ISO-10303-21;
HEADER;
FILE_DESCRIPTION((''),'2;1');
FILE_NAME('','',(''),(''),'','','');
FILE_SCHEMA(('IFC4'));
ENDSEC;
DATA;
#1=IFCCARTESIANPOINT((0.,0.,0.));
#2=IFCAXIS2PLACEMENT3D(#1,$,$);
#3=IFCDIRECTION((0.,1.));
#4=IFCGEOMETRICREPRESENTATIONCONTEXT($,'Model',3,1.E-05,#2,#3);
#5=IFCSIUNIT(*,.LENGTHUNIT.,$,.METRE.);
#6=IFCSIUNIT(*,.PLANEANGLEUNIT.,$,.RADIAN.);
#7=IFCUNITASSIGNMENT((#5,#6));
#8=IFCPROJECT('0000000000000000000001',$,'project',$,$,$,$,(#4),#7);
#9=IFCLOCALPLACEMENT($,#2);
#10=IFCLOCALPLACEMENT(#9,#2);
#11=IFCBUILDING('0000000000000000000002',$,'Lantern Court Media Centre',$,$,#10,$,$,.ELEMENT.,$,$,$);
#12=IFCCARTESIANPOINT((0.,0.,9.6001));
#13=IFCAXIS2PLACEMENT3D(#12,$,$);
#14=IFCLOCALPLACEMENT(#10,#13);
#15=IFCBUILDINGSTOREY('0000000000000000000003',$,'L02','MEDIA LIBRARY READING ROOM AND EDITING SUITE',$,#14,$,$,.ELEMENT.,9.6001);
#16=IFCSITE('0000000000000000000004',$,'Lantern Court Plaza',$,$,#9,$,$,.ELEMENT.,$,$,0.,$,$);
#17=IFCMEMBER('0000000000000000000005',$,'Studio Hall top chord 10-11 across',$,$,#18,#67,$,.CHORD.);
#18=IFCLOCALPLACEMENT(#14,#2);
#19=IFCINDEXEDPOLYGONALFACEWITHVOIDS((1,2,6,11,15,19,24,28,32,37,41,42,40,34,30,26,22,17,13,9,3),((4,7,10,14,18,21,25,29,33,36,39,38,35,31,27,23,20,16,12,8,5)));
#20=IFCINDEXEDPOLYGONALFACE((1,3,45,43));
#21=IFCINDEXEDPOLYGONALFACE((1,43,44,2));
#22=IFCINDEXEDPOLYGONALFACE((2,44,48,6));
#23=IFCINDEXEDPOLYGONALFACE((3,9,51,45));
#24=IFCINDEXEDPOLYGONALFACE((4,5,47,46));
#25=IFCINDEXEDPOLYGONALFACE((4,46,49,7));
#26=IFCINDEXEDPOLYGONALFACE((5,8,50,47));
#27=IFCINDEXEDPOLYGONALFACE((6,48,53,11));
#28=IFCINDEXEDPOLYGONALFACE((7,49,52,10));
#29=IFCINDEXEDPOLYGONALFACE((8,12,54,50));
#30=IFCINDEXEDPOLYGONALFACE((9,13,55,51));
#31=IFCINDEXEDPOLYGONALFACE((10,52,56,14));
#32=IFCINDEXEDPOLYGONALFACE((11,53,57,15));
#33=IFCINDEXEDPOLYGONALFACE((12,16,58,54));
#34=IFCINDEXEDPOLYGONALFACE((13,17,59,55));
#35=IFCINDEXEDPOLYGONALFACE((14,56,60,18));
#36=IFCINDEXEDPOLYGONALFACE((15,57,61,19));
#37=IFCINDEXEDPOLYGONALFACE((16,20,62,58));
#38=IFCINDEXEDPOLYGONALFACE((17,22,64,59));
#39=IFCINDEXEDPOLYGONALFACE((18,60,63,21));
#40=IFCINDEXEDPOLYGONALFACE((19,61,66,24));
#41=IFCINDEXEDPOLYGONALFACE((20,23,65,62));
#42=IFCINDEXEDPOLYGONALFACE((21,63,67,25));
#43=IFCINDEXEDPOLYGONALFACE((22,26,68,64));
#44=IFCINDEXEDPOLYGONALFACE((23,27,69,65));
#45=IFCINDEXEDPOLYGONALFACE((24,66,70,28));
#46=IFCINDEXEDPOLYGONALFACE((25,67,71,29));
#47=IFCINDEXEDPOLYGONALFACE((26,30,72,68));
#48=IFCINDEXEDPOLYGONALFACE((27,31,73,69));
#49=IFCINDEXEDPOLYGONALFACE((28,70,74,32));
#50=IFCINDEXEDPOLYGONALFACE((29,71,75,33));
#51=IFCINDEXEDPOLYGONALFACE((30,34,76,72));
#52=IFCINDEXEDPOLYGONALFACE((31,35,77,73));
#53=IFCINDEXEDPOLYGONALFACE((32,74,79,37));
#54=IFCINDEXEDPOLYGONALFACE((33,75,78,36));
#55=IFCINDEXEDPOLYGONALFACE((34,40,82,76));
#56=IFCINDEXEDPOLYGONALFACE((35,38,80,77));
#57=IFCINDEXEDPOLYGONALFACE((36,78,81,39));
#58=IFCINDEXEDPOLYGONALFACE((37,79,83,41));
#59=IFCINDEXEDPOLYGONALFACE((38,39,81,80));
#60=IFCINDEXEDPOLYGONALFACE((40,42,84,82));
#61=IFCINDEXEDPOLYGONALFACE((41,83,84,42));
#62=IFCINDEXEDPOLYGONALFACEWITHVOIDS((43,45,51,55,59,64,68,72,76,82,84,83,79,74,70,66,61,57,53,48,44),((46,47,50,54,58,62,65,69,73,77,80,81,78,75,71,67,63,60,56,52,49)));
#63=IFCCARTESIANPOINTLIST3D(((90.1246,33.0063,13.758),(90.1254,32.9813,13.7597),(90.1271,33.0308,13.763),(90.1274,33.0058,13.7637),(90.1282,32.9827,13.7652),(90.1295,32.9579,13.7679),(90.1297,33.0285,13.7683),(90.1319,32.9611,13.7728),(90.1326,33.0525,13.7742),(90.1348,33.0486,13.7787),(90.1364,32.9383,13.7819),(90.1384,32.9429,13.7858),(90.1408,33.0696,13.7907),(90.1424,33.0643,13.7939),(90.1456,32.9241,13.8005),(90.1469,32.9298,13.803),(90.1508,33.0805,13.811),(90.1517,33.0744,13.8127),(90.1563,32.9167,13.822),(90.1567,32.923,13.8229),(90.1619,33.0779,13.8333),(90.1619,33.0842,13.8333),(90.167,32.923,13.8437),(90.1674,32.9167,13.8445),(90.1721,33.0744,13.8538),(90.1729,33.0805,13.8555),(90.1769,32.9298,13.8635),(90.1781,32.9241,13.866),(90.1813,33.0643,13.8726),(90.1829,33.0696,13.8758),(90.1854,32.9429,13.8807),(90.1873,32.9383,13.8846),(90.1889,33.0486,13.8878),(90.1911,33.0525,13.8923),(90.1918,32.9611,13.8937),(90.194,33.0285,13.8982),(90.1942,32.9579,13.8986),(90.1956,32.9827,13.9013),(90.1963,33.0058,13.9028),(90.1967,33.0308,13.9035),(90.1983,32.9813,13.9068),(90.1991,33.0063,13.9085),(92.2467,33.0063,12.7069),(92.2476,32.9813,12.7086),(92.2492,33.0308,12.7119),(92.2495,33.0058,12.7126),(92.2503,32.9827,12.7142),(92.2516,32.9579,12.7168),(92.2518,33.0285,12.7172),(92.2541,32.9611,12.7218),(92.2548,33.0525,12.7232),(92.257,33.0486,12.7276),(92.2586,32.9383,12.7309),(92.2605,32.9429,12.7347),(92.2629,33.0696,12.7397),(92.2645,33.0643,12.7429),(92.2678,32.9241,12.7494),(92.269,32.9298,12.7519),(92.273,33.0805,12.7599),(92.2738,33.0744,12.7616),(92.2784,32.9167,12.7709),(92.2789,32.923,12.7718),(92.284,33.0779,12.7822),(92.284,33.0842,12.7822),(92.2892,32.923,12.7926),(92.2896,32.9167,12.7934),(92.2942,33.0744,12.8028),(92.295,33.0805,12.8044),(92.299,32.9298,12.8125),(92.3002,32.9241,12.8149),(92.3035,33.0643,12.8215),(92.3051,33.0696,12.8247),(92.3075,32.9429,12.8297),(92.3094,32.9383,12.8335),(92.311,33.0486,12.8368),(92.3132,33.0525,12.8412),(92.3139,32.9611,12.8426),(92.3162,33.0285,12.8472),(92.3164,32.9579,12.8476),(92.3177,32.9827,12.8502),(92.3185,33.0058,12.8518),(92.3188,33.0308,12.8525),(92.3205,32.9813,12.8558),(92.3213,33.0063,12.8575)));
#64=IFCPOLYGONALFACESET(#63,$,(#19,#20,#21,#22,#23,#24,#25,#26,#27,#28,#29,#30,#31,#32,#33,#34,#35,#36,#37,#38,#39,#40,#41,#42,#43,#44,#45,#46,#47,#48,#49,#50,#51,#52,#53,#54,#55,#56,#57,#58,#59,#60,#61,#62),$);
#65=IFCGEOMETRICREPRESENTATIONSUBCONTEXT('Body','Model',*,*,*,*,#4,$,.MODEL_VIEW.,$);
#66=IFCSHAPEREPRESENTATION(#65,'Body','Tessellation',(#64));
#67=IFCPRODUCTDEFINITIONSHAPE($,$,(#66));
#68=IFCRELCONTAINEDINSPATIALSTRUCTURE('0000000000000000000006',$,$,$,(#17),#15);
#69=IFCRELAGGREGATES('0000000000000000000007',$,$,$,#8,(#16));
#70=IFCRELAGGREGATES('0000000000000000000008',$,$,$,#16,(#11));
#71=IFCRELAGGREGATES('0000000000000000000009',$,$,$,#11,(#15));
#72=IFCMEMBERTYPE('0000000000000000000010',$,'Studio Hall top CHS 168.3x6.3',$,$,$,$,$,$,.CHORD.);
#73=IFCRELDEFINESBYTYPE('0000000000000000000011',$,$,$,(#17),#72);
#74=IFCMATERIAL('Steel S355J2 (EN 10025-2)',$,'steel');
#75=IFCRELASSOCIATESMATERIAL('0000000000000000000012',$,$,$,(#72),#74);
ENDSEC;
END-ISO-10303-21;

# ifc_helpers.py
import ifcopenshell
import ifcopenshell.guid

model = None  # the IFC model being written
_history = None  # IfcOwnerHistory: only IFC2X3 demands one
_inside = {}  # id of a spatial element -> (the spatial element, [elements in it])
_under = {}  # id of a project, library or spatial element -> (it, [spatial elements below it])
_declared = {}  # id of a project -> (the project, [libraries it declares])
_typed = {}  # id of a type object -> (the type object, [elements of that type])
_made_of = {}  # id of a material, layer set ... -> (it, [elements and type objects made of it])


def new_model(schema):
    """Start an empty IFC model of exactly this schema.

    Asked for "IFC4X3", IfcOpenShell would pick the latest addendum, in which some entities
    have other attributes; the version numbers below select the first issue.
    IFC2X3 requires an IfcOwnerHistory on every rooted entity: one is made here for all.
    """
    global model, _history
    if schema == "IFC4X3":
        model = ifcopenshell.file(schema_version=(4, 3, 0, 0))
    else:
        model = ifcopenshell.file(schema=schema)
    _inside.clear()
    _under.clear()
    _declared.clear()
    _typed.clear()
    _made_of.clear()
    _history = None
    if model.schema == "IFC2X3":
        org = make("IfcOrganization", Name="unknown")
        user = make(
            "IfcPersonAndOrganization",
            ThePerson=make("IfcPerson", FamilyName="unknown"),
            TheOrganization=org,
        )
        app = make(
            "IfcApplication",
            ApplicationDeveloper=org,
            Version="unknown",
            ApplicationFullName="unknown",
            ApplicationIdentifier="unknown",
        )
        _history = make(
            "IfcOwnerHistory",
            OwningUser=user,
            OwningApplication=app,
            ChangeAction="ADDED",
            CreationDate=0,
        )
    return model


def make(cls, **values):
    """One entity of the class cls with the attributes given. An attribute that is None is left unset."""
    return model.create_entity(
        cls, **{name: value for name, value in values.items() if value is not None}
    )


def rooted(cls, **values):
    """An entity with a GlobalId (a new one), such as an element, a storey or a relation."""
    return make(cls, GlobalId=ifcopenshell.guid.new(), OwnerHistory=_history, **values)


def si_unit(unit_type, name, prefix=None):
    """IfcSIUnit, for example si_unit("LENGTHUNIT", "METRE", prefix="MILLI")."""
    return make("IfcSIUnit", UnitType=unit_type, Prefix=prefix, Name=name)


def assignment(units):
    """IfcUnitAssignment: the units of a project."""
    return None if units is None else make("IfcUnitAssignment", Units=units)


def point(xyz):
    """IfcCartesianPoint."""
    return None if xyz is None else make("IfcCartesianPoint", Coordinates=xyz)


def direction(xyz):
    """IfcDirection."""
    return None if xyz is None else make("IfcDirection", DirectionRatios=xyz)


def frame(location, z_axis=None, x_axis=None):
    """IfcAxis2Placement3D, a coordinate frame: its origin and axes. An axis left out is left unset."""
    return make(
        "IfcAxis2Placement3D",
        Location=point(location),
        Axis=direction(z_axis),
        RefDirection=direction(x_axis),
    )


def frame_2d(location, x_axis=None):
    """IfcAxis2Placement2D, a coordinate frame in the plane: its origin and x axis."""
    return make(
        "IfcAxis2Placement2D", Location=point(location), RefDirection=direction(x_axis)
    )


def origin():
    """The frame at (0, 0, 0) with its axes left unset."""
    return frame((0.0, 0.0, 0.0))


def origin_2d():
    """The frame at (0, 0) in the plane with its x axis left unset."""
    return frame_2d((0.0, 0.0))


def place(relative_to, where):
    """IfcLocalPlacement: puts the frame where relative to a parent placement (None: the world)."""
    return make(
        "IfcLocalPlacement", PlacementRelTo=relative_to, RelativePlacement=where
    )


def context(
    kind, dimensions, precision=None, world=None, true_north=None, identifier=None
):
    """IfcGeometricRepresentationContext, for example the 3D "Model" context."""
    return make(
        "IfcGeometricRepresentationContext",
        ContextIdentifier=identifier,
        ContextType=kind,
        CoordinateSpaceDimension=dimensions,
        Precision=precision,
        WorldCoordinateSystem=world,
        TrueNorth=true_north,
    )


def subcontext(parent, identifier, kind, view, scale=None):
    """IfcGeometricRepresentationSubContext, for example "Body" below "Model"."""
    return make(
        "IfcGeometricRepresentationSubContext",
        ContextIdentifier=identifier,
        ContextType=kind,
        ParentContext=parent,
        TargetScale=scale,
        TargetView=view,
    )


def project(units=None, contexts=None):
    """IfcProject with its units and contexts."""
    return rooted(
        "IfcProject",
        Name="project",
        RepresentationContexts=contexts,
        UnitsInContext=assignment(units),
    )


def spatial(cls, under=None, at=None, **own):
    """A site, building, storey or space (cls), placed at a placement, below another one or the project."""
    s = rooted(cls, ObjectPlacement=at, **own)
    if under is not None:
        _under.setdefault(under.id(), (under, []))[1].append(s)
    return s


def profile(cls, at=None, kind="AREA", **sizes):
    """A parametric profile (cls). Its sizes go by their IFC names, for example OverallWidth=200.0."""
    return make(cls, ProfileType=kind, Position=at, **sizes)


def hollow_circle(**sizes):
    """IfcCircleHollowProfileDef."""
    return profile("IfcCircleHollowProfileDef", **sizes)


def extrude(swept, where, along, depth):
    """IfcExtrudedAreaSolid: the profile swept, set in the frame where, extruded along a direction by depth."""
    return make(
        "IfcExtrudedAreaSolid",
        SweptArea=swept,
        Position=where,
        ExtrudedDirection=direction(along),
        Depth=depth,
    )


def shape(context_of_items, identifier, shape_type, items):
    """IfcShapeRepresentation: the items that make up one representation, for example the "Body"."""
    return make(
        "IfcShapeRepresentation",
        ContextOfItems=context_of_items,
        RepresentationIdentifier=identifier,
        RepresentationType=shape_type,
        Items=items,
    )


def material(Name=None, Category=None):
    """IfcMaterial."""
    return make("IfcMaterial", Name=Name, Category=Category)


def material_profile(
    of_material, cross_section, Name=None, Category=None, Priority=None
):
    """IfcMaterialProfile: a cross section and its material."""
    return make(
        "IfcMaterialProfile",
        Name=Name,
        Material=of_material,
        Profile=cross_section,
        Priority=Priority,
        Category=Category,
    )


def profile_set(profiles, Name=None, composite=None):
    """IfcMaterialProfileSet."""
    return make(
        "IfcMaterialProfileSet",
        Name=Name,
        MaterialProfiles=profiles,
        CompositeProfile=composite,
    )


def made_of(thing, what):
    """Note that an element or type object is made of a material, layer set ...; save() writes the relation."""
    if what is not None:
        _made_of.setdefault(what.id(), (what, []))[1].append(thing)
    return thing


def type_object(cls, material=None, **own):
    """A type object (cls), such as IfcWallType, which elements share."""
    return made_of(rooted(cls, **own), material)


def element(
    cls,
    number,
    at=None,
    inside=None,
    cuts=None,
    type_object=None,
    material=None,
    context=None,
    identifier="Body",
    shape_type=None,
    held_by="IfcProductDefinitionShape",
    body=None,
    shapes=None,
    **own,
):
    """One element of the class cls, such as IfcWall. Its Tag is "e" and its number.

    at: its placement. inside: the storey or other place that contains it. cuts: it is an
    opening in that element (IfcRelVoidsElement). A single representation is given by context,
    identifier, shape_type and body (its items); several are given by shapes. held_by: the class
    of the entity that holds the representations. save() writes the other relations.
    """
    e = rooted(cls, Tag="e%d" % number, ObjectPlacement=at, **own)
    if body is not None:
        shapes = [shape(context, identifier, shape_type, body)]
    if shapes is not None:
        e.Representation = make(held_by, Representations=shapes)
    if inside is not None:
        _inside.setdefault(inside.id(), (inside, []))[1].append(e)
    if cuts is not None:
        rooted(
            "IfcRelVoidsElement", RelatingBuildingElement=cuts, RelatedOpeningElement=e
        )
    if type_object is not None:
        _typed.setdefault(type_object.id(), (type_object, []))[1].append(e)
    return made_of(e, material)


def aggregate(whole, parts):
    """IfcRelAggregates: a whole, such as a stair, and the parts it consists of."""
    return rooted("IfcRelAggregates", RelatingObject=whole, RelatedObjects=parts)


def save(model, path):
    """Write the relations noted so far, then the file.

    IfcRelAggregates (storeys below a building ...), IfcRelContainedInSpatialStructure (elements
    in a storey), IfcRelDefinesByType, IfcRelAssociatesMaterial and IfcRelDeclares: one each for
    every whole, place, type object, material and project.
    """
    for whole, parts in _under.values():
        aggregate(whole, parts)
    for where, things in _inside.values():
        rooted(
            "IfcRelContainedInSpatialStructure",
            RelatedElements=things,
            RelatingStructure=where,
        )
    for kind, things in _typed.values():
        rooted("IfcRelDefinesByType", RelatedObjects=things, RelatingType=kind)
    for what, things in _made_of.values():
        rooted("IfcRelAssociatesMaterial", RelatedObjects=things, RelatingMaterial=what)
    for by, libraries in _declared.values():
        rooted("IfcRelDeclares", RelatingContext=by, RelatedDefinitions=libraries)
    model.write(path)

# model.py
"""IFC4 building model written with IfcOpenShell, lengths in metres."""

from ifc_helpers import new_model, si_unit, direction, frame, origin, origin_2d, place, context, subcontext, project, spatial, hollow_circle, extrude, material, material_profile, profile_set, type_object, element, save


model = new_model("IFC4")

# Units and contexts
model_context = context("Model", 3, precision=1e-05, world=origin(), true_north=direction((0.0, 1.0)))
body_context = subcontext(model_context, "Body", "Model", "MODEL_VIEW")
ifc_project = project(units=[si_unit("LENGTHUNIT", "METRE"), si_unit("PLANEANGLEUNIT", "RADIAN")], contexts=[model_context])

# Site, building, storey
site_placement = place(None, origin())
site = spatial("IfcSite", under=ifc_project, at=site_placement, Name="Lantern Court Plaza", CompositionType="ELEMENT", RefElevation=0.0)
building_placement = place(site_placement, origin())
building = spatial("IfcBuilding", under=site, at=building_placement, Name="Lantern Court Media Centre", CompositionType="ELEMENT")
storey_placement = place(building_placement, frame((0.0, 0.0, 9.6001)))
storey = spatial("IfcBuildingStorey", under=building, at=storey_placement, Name="L02", Description="MEDIA LIBRARY READING ROOM AND EDITING SUITE", CompositionType="ELEMENT", Elevation=9.6001)

# Member
ifc_material = material(Name="Steel S355J2 (EN 10025-2)", Category="steel")
ifc_material_profile_1 = material_profile(ifc_material, hollow_circle(Radius=0.0842, WallThickness=0.0063, at=origin_2d()), Name="Studio Hall top CHS 168.3x6.3")
ifc_profile_set_1 = profile_set([ifc_material_profile_1], Name="Steel S355J2 (EN 10025-2)")
member_type_1 = type_object("IfcMemberType", Name="Studio Hall top CHS 168.3x6.3", PredefinedType="CHORD", material=ifc_profile_set_1)
for number, where, z_axis, x_axis, name in (
    (1, (90.1619, 33.0, 13.8333), (0.896112, 0.0, -0.443829), (0.0, 1.0, 0.0), "Studio Hall top chord 10-11 across"),
):
    element("IfcMember", number, at=place(storey_placement, frame(where, z_axis=z_axis, x_axis=x_axis)), inside=storey, type_object=member_type_1, Name=name, PredefinedType="CHORD", context=body_context, shape_type="SweptSolid", body=[
        extrude(hollow_circle(Radius=0.0842, WallThickness=0.0063, at=origin_2d()), origin(), (0.0, 0.0, 1.0), 2.3682),
    ])

save(model, "model.ifc")
